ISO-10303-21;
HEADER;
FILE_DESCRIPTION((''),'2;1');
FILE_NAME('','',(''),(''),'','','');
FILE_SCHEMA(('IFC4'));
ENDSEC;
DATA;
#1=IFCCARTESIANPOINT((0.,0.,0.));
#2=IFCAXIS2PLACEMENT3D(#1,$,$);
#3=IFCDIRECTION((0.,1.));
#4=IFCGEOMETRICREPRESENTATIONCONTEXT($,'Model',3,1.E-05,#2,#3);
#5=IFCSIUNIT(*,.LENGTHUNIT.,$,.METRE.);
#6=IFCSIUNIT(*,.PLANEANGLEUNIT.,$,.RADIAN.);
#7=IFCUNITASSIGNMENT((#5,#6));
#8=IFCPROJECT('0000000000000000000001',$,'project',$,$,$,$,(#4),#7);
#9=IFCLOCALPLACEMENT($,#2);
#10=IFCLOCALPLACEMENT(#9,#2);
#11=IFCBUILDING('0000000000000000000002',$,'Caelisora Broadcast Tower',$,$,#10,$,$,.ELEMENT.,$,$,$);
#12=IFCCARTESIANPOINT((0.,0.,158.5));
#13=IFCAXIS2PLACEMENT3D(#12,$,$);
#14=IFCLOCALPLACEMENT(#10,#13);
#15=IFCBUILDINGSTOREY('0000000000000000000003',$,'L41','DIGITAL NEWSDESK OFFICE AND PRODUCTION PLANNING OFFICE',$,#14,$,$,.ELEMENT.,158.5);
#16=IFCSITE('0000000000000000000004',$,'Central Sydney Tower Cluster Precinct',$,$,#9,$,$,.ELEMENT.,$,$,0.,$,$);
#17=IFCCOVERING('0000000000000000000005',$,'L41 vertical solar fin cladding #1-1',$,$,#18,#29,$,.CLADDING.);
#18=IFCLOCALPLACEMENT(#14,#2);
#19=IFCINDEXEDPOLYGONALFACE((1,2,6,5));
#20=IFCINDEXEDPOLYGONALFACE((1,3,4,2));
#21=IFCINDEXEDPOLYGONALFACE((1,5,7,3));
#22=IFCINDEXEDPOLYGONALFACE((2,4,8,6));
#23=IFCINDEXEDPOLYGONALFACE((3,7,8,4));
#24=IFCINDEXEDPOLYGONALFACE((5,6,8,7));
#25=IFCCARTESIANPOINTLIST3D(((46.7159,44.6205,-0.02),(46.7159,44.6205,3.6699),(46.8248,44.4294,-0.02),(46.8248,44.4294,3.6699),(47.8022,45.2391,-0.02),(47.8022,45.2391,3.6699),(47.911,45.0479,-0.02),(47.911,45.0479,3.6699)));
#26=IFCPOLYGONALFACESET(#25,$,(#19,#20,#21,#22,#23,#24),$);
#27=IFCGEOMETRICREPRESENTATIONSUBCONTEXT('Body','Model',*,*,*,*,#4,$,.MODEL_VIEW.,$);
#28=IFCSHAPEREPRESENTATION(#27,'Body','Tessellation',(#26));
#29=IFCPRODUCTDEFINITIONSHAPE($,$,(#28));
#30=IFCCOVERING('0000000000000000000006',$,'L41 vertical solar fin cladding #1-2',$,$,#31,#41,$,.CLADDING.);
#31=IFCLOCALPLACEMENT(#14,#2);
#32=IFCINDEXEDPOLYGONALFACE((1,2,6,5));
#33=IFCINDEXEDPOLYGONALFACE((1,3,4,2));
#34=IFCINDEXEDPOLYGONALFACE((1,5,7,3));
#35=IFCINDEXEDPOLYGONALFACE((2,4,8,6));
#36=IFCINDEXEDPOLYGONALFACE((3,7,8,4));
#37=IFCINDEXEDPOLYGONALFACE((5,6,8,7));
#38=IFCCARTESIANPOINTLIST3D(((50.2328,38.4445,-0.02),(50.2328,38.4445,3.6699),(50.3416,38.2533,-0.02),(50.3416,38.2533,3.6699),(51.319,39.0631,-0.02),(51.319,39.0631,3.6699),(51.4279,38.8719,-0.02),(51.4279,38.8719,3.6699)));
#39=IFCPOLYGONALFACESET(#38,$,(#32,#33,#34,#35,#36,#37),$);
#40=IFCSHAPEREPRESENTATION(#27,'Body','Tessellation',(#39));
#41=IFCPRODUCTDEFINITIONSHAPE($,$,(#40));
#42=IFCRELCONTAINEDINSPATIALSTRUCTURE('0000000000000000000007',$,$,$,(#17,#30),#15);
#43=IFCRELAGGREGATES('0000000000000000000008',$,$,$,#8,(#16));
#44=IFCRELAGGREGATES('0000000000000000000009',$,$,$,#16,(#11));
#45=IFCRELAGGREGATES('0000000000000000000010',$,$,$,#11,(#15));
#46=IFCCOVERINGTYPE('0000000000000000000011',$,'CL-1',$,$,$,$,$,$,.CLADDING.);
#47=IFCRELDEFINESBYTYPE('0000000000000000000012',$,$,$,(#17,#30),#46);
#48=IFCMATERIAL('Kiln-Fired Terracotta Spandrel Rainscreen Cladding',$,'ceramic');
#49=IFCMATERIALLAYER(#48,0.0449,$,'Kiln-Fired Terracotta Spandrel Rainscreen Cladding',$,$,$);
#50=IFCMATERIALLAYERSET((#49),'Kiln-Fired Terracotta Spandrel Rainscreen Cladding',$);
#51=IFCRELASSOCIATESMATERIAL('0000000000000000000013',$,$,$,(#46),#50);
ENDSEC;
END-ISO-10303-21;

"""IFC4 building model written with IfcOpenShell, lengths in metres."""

from ifc_helpers import new_model, si_unit, direction, frame, origin, origin_2d, place, context, subcontext, project, spatial, rectangle, extrude, source, transform, mapped, material, layer, layer_set, type_object, type_shapes, element, save


model = new_model("IFC4")

# Units and contexts
model_context = context("Model", 3, precision=1e-05, world=origin(), true_north=direction((0.0, 1.0)))
body_context = subcontext(model_context, "Body", "Model", "MODEL_VIEW")
ifc_project = project(units=[si_unit("LENGTHUNIT", "METRE"), si_unit("PLANEANGLEUNIT", "RADIAN")], contexts=[model_context])

# Site, building, storey
site_placement = place(None, origin())
site = spatial("IfcSite", under=ifc_project, at=site_placement, Name="Central Sydney Tower Cluster Precinct", CompositionType="ELEMENT", RefElevation=0.0)
building_placement = place(site_placement, origin())
building = spatial("IfcBuilding", under=site, at=building_placement, Name="Caelisora Broadcast Tower", CompositionType="ELEMENT")
storey_placement = place(building_placement, frame((0.0, 0.0, 158.5)))
storey = spatial("IfcBuildingStorey", under=building, at=storey_placement, Name="L41", Description="DIGITAL NEWSDESK OFFICE AND PRODUCTION PLANNING OFFICE", CompositionType="ELEMENT", Elevation=158.5)

# Coverings
ifc_material_1 = material(Name="Kiln-Fired Terracotta Spandrel Rainscreen Cladding", Category="ceramic")
ifc_layer_1 = layer(ifc_material_1, 0.0449, Name="Kiln-Fired Terracotta Spandrel Rainscreen Cladding")
ifc_layer_set_1 = layer_set([ifc_layer_1], Name="Kiln-Fired Terracotta Spandrel Rainscreen Cladding")
covering_type = type_object("IfcCoveringType", Name="CL-1", PredefinedType="CLADDING", material=ifc_layer_set_1)
shared_shape_1 = source(origin(), body_context, "Body", "SweptSolid", [
    extrude(rectangle(XDim=0.22, YDim=1.25, at=origin_2d()), origin(), (0.0, 0.0, 1.0), 3.6899),
])
type_shapes(covering_type, [shared_shape_1])
for number, where, z_axis, x_axis, name in (
    (1, (47.3135, 44.8342, -0.02), (0.0, 0.0, 1.0), (0.494852, -0.868977, 0.0), "L41 vertical solar fin cladding #1-1"),
    (2, (50.8303, 38.6582, -0.02), (0.0, 0.0, 1.0), (0.494852, -0.868977, 0.0), "L41 vertical solar fin cladding #1-2"),
):
    element("IfcCovering", number, at=place(storey_placement, frame(where, z_axis=z_axis, x_axis=x_axis)), inside=storey, type_object=covering_type, Name=name, PredefinedType="CLADDING", context=body_context, shape_type="MappedRepresentation", body=[
        mapped(shared_shape_1, transform((0.0, 0.0, 0.0), scale=1.0)),
    ])

save(model, "model.ifc")
